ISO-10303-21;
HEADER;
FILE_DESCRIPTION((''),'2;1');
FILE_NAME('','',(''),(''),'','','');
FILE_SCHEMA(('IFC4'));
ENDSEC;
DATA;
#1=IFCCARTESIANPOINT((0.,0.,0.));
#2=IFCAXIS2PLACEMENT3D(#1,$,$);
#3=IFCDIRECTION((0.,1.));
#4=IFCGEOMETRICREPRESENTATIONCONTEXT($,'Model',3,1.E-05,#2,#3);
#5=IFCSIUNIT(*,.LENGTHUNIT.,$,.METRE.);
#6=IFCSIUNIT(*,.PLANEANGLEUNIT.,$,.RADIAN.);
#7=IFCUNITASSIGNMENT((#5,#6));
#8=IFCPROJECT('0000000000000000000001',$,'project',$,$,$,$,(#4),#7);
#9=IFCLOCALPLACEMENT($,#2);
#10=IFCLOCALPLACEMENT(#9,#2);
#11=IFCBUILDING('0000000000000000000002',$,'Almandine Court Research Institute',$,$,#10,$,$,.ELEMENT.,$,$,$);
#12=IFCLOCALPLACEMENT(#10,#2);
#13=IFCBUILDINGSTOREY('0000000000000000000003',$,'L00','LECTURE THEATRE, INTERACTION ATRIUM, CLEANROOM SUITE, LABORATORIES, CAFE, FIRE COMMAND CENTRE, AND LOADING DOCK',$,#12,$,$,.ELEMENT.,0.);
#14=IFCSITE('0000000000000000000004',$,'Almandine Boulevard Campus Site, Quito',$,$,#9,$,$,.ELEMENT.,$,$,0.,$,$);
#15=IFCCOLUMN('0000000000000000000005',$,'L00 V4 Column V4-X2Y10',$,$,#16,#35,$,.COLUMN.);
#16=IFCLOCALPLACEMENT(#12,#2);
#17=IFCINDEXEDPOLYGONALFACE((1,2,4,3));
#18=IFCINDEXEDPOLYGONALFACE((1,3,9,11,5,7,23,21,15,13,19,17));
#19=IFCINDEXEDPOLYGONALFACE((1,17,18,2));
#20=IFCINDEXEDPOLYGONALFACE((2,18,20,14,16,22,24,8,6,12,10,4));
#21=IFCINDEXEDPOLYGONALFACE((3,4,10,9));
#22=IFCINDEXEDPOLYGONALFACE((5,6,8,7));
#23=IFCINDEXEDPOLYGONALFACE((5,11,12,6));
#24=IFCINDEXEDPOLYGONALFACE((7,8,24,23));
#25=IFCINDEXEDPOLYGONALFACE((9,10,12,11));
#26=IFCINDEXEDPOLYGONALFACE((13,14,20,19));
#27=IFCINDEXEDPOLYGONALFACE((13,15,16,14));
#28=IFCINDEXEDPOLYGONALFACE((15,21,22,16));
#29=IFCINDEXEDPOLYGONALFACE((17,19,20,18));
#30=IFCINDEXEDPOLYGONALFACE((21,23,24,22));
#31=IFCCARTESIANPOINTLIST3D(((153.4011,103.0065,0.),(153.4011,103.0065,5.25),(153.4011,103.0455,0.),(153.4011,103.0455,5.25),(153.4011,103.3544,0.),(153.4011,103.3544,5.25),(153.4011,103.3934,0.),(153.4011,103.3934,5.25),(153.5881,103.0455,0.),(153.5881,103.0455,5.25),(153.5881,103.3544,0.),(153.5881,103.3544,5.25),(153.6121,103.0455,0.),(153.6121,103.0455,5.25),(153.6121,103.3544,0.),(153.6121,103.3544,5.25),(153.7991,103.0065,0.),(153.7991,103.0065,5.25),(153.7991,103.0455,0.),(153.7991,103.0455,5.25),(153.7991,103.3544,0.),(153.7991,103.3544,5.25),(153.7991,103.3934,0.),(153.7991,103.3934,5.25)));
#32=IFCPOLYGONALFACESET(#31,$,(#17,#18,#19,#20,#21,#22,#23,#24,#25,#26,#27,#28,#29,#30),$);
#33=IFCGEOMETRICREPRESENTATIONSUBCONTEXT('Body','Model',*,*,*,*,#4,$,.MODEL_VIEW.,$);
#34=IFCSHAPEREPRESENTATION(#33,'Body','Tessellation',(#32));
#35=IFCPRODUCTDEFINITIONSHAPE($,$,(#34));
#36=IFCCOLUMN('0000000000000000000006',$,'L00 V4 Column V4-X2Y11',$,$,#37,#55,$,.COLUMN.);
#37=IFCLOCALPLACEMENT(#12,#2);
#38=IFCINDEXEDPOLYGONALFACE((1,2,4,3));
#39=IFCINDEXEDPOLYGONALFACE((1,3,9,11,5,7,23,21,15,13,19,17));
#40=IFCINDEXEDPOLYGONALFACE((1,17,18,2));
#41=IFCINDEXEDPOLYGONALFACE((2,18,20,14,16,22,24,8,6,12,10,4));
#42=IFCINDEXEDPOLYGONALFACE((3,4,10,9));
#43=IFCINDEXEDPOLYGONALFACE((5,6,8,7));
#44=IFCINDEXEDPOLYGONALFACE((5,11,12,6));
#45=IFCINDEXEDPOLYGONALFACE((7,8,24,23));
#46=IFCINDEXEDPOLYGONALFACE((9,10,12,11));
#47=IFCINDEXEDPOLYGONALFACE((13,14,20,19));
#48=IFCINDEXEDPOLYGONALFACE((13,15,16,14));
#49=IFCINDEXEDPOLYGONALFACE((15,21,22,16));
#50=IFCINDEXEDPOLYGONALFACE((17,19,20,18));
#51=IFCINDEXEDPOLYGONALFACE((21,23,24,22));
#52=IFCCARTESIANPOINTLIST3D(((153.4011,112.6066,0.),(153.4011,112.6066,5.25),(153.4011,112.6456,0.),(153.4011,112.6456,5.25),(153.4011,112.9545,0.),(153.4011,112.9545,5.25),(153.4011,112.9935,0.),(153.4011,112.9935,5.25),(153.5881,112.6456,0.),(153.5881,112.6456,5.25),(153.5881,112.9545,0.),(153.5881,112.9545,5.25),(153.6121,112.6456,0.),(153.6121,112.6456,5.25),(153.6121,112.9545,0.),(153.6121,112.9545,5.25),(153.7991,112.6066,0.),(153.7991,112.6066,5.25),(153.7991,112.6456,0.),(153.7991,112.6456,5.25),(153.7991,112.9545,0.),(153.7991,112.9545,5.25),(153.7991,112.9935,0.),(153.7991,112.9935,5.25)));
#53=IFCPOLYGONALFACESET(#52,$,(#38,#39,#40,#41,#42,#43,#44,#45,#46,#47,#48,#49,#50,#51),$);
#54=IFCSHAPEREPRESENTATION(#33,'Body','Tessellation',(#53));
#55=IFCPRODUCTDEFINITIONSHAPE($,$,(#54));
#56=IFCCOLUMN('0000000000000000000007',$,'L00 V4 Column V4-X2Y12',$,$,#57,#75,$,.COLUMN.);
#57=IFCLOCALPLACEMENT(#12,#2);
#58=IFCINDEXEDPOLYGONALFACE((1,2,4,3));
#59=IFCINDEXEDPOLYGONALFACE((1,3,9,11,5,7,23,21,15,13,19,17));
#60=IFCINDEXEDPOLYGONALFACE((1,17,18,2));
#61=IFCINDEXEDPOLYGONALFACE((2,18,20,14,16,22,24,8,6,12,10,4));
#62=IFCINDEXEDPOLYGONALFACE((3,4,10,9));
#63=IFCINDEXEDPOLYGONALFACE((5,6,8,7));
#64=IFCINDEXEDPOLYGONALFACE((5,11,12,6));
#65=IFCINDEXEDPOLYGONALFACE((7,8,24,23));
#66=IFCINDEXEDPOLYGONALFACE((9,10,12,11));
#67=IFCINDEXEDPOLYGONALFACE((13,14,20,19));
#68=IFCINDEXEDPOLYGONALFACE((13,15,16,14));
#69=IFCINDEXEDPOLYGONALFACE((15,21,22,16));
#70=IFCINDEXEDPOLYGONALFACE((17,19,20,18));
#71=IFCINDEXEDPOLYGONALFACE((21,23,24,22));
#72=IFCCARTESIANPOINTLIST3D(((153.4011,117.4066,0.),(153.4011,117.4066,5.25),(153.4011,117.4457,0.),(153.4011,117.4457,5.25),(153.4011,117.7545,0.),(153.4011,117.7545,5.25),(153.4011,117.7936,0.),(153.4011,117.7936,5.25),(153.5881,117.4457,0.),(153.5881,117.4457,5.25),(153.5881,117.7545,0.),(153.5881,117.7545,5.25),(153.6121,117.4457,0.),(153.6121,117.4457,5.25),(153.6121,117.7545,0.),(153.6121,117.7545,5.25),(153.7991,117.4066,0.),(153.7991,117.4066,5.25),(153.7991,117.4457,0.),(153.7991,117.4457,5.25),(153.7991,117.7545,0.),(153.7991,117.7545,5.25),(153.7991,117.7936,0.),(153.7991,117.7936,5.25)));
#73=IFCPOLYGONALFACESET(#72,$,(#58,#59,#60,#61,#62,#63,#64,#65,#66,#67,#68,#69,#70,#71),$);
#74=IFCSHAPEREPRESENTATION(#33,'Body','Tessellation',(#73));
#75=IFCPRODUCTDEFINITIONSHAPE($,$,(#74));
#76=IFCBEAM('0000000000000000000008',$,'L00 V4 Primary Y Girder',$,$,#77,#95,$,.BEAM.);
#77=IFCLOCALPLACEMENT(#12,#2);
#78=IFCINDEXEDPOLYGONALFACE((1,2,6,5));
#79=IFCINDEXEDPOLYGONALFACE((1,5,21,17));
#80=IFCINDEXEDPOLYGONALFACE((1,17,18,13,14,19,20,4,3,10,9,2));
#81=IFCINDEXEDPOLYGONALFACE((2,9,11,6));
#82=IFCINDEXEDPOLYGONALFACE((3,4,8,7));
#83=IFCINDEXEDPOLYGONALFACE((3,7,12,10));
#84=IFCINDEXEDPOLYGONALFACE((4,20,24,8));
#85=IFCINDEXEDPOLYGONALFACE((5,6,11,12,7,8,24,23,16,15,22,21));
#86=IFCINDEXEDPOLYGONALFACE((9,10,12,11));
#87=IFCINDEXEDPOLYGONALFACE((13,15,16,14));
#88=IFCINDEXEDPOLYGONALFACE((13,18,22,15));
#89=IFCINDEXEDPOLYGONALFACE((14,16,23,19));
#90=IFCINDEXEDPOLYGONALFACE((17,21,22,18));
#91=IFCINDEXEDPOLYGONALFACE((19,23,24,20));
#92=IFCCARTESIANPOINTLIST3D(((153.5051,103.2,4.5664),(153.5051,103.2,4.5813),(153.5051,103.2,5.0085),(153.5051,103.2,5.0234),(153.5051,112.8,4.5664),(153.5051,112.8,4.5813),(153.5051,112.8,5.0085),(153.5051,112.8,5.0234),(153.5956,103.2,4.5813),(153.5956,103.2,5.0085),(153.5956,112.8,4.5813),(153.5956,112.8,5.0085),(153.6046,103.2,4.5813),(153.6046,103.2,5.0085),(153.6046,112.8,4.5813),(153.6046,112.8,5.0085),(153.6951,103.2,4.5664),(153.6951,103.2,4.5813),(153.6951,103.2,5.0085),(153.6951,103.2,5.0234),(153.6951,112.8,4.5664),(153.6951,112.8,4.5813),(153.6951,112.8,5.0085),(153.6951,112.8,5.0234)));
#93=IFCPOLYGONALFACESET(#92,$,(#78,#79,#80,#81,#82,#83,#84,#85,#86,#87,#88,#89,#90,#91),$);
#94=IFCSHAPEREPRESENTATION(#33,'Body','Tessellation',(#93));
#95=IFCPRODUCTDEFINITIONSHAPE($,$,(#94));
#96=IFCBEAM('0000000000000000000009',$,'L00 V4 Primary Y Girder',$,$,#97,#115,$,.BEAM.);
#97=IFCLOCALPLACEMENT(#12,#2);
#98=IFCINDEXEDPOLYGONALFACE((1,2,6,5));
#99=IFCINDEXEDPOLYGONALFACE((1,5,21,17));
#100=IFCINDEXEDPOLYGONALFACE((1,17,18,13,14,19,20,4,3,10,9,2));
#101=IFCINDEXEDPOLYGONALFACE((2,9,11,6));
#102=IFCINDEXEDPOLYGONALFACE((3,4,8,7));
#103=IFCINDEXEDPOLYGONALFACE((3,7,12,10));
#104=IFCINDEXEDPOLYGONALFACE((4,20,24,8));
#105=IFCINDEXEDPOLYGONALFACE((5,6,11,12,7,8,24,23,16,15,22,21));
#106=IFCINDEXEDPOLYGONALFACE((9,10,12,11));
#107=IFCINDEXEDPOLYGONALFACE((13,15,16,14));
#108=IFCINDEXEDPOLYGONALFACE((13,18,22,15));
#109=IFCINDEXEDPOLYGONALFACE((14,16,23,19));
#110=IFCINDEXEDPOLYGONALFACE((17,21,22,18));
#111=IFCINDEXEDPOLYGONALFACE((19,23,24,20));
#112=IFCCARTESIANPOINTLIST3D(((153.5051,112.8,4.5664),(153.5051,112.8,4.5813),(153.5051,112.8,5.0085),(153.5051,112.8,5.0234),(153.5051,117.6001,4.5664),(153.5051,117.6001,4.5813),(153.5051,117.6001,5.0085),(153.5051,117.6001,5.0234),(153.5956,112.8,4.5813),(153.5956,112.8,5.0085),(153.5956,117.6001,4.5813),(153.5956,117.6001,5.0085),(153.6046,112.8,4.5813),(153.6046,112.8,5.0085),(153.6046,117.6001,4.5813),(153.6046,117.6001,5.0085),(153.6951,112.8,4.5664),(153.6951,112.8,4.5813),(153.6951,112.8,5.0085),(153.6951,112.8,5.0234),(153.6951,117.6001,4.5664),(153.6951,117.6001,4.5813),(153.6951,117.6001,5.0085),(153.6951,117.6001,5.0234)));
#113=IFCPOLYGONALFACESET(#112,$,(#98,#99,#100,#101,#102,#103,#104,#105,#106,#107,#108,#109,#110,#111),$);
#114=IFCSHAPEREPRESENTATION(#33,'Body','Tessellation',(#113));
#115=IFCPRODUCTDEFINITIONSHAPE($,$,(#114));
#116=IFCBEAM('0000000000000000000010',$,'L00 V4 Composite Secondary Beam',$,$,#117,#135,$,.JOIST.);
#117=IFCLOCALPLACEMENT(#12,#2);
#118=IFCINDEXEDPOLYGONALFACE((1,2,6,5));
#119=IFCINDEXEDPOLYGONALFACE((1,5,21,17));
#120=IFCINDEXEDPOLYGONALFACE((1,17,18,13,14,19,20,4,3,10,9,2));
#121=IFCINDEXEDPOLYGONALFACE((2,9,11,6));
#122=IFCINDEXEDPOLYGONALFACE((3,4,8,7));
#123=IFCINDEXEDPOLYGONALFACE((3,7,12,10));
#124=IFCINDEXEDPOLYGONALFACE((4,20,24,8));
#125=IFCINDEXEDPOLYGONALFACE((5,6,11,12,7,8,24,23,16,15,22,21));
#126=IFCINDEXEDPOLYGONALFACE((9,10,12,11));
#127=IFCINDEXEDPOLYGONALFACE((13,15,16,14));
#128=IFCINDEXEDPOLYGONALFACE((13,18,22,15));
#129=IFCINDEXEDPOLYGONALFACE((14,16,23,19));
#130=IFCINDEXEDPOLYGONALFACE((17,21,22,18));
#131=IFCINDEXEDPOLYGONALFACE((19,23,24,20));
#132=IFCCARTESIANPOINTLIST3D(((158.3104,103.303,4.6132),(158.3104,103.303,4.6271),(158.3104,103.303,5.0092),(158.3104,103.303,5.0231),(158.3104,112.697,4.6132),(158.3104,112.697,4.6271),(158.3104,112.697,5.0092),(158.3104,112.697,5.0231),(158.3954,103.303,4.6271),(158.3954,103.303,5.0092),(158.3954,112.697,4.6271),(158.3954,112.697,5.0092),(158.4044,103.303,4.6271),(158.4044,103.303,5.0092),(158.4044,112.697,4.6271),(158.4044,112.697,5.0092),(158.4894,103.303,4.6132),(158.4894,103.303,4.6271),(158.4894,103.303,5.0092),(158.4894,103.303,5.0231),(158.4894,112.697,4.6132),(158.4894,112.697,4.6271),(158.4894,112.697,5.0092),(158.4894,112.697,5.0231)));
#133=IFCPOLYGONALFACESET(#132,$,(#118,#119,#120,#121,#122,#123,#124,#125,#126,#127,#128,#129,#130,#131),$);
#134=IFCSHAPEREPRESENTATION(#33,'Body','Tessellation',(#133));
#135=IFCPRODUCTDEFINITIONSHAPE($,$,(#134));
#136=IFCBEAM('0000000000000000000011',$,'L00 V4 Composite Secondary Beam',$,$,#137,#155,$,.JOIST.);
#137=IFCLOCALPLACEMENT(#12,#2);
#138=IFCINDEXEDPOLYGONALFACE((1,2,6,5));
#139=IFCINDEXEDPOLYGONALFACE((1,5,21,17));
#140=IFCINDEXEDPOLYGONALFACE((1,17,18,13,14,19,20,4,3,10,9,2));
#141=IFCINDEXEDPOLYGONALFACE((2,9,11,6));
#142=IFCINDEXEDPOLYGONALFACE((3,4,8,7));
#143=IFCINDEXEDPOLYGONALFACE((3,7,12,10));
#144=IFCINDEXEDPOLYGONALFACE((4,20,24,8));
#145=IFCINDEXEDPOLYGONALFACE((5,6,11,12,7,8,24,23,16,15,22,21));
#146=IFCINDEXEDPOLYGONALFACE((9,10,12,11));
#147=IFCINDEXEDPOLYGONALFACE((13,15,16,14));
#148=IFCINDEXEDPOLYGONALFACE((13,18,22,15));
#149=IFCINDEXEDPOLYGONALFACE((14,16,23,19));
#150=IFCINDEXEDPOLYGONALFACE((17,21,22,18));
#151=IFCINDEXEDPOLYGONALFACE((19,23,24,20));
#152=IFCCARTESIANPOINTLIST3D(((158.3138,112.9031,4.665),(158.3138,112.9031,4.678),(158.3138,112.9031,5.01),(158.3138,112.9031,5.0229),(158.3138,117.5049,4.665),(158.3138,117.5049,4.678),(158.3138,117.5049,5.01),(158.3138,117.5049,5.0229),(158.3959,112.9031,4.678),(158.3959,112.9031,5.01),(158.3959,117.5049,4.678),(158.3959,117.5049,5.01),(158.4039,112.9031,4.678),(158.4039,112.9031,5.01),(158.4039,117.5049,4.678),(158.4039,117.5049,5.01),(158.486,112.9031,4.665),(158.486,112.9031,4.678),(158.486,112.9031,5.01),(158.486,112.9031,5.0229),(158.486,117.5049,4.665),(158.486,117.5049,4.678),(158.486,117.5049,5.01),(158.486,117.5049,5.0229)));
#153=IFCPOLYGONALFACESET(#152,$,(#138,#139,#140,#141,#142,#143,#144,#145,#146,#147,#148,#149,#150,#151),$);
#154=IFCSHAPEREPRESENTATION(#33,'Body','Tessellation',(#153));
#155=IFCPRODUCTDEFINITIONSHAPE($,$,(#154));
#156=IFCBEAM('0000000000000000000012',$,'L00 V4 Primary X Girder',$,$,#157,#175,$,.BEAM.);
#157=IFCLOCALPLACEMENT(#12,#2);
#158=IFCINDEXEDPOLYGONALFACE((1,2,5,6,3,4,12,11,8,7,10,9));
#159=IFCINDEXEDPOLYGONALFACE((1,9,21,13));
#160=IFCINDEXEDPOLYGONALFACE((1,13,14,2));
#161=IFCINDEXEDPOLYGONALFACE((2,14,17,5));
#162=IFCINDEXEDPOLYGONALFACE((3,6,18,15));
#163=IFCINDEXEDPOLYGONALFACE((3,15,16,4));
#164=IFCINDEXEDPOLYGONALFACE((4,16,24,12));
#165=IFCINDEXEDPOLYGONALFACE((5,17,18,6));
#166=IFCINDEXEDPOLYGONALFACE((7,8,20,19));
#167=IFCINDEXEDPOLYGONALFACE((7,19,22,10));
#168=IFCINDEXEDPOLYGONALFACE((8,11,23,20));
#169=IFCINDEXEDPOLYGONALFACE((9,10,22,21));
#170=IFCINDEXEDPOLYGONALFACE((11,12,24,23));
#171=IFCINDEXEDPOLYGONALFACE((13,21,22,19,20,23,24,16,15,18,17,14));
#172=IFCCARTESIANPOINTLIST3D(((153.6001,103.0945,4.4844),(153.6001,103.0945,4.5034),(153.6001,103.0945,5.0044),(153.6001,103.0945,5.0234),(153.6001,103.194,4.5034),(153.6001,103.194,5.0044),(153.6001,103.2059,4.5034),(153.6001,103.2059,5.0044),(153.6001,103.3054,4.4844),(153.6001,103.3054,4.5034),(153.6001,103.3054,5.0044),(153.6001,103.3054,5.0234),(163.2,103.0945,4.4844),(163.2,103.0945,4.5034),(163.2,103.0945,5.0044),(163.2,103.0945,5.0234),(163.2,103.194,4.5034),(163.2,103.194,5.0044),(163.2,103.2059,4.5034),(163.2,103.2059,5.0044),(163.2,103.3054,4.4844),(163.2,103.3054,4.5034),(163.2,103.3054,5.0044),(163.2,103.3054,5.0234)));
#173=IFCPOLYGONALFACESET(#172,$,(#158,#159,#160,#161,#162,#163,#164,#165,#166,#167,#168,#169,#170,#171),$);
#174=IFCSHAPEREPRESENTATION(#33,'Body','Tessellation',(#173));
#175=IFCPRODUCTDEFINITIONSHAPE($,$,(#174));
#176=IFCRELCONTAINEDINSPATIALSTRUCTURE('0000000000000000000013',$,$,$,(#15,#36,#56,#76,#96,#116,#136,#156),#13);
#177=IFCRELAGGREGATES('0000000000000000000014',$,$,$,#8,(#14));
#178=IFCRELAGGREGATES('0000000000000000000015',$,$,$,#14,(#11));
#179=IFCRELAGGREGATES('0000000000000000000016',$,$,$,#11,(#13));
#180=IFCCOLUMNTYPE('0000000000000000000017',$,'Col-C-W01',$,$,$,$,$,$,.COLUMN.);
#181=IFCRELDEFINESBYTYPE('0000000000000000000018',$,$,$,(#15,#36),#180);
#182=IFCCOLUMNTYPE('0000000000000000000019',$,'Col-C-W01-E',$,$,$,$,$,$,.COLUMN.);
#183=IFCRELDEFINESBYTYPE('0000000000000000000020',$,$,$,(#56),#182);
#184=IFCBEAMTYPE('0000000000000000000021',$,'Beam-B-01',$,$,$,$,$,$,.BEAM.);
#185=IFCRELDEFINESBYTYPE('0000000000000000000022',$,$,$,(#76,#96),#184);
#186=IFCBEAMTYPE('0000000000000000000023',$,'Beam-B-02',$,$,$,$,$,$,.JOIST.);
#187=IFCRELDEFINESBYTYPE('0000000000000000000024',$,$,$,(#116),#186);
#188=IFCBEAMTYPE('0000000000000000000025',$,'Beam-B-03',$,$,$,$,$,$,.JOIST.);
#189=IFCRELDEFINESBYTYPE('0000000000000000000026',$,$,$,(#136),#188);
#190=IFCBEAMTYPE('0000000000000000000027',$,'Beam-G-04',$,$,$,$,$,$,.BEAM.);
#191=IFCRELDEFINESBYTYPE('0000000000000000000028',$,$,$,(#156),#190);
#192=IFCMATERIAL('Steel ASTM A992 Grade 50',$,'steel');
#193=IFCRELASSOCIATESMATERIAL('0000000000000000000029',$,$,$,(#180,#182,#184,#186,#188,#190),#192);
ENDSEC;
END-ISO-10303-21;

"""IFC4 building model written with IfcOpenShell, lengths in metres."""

from ifc_helpers import new_model, si_unit, direction, frame, origin, origin_2d, place, context, subcontext, project, spatial, i_section, extrude, material, material_profile, profile_set, type_object, element, save


model = new_model("IFC4")

# Units and contexts
model_context = context("Model", 3, precision=1e-05, world=origin(), true_north=direction((0.0, 1.0)))
body_context = subcontext(model_context, "Body", "Model", "MODEL_VIEW")
ifc_project = project(units=[si_unit("LENGTHUNIT", "METRE"), si_unit("PLANEANGLEUNIT", "RADIAN")], contexts=[model_context])

# Site, building, storey
site_placement = place(None, origin())
site = spatial("IfcSite", under=ifc_project, at=site_placement, Name="Almandine Boulevard Campus Site, Quito", CompositionType="ELEMENT", RefElevation=0.0)
building_placement = place(site_placement, origin())
building = spatial("IfcBuilding", under=site, at=building_placement, Name="Almandine Court Research Institute", CompositionType="ELEMENT")
storey_placement = place(building_placement, origin())
storey = spatial("IfcBuildingStorey", under=building, at=storey_placement, Name="L00", Description="LECTURE THEATRE, INTERACTION ATRIUM, CLEANROOM SUITE, LABORATORIES, CAFE, FIRE COMMAND CENTRE, AND LOADING DOCK", CompositionType="ELEMENT", Elevation=0.0)

# Columns
ifc_material_1 = material(Name="Steel ASTM A992 Grade 50", Category="steel")
ifc_material_profile_1 = material_profile(ifc_material_1, i_section(OverallWidth=0.3979, OverallDepth=0.387, WebThickness=0.0239, FlangeThickness=0.0391, at=origin_2d()), Name="W360x262")
ifc_profile_set_1 = profile_set([ifc_material_profile_1], Name="Steel ASTM A992 Grade 50")
column_type_1 = type_object("IfcColumnType", Name="Col-C-W01", PredefinedType="COLUMN", material=ifc_profile_set_1)
for number, where, z_axis, x_axis, name in (
    (1, (153.6001, 103.2, 0.0), (0.0, 0.0, 1.0), (1.0, 0.0, 0.0), "L00 V4 Column V4-X2Y10"),
    (2, (153.6001, 112.8, 0.0), (0.0, 0.0, 1.0), (1.0, 0.0, 0.0), "L00 V4 Column V4-X2Y11"),
):
    element("IfcColumn", number, at=place(storey_placement, frame(where, z_axis=z_axis, x_axis=x_axis)), inside=storey, type_object=column_type_1, Name=name, PredefinedType="COLUMN", context=body_context, shape_type="SweptSolid", body=[
        extrude(i_section(OverallWidth=0.3979, OverallDepth=0.387, WebThickness=0.0239, FlangeThickness=0.0391, at=origin_2d()), origin(), (0.0, 0.0, 1.0), 5.25),
    ])
ifc_material_profile_2 = material_profile(ifc_material_1, i_section(OverallWidth=0.3979, OverallDepth=0.387, WebThickness=0.0239, FlangeThickness=0.0391, at=origin_2d()), Name="W360x262")
ifc_profile_set_2 = profile_set([ifc_material_profile_2], Name="Steel ASTM A992 Grade 50")
column_type_2 = type_object("IfcColumnType", Name="Col-C-W01-E", PredefinedType="COLUMN", material=ifc_profile_set_2)
column_placement = place(storey_placement, frame((153.6001, 117.6001, 0.0), z_axis=(0.0, 0.0, 1.0), x_axis=(1.0, 0.0, 0.0)))
element("IfcColumn", 3, at=column_placement, inside=storey, type_object=column_type_2, Name="L00 V4 Column V4-X2Y12", PredefinedType="COLUMN", context=body_context, shape_type="SweptSolid", body=[
    extrude(i_section(OverallWidth=0.3979, OverallDepth=0.387, WebThickness=0.0239, FlangeThickness=0.0391, at=origin_2d()), origin(), (0.0, 0.0, 1.0), 5.25),
])

# Beams
ifc_material_profile_3 = material_profile(ifc_material_1, i_section(OverallWidth=0.1899, OverallDepth=0.457, WebThickness=0.009, FlangeThickness=0.0149, at=origin_2d()), Name="W460x74")
ifc_profile_set_3 = profile_set([ifc_material_profile_3], Name="Steel ASTM A992 Grade 50")
beam_type_1 = type_object("IfcBeamType", Name="Beam-B-01", PredefinedType="BEAM", material=ifc_profile_set_3)
beam_1_placement = place(storey_placement, frame((153.6001, 103.2, 4.7949), z_axis=(0.0, 1.0, 0.0), x_axis=(-1.0, 0.0, 0.0)))
element("IfcBeam", 4, at=beam_1_placement, inside=storey, type_object=beam_type_1, Name="L00 V4 Primary Y Girder", PredefinedType="BEAM", context=body_context, shape_type="SweptSolid", body=[
    extrude(i_section(OverallWidth=0.1899, OverallDepth=0.457, WebThickness=0.009, FlangeThickness=0.0149, at=origin_2d()), origin(), (0.0, 0.0, 1.0), 9.6001),
])
beam_2_placement = place(storey_placement, frame((153.6001, 112.8, 4.7949), z_axis=(0.0, 1.0, 0.0), x_axis=(-1.0, 0.0, 0.0)))
element("IfcBeam", 5, at=beam_2_placement, inside=storey, type_object=beam_type_1, Name="L00 V4 Primary Y Girder", PredefinedType="BEAM", context=body_context, shape_type="SweptSolid", body=[
    extrude(i_section(OverallWidth=0.1899, OverallDepth=0.457, WebThickness=0.009, FlangeThickness=0.0149, at=origin_2d()), origin(), (0.0, 0.0, 1.0), 4.8),
])
ifc_material_profile_4 = material_profile(ifc_material_1, i_section(OverallWidth=0.179, OverallDepth=0.4099, WebThickness=0.009, FlangeThickness=0.0139, at=origin_2d()), Name="W410x67")
ifc_profile_set_4 = profile_set([ifc_material_profile_4], Name="Steel ASTM A992 Grade 50")
beam_type_2 = type_object("IfcBeamType", Name="Beam-B-02", PredefinedType="JOIST", material=ifc_profile_set_4)
beam_3_placement = place(storey_placement, frame((158.3999, 103.303, 4.8181), z_axis=(0.0, 1.0, 0.0), x_axis=(-1.0, 0.0, 0.0)))
element("IfcBeam", 6, at=beam_3_placement, inside=storey, type_object=beam_type_2, Name="L00 V4 Composite Secondary Beam", PredefinedType="JOIST", context=body_context, shape_type="SweptSolid", body=[
    extrude(i_section(OverallWidth=0.179, OverallDepth=0.4099, WebThickness=0.009, FlangeThickness=0.0139, at=origin_2d()), origin(), (0.0, 0.0, 1.0), 9.394),
])
ifc_material_profile_5 = material_profile(ifc_material_1, i_section(OverallWidth=0.1721, OverallDepth=0.3579, WebThickness=0.0081, FlangeThickness=0.0129, at=origin_2d()), Name="W360x57")
ifc_profile_set_5 = profile_set([ifc_material_profile_5], Name="Steel ASTM A992 Grade 50")
beam_type_3 = type_object("IfcBeamType", Name="Beam-B-03", PredefinedType="JOIST", material=ifc_profile_set_5)
beam_4_placement = place(storey_placement, frame((158.3999, 112.9031, 4.844), z_axis=(0.0, 1.0, 0.0), x_axis=(-1.0, 0.0, 0.0)))
element("IfcBeam", 7, at=beam_4_placement, inside=storey, type_object=beam_type_3, Name="L00 V4 Composite Secondary Beam", PredefinedType="JOIST", context=body_context, shape_type="SweptSolid", body=[
    extrude(i_section(OverallWidth=0.1721, OverallDepth=0.3579, WebThickness=0.0081, FlangeThickness=0.0129, at=origin_2d()), origin(), (0.0, 0.0, 1.0), 4.6018),
])
ifc_material_profile_6 = material_profile(ifc_material_1, i_section(OverallWidth=0.2109, OverallDepth=0.5391, WebThickness=0.012, FlangeThickness=0.019, at=origin_2d()), Name="W530x109")
ifc_profile_set_6 = profile_set([ifc_material_profile_6], Name="Steel ASTM A992 Grade 50")
beam_type_4 = type_object("IfcBeamType", Name="Beam-G-04", PredefinedType="BEAM", material=ifc_profile_set_6)
for number, where, z_axis, x_axis, name in (
    (8, (153.6001, 103.2, 4.7539), (1.0, 0.0, 0.0), (0.0, 1.0, 0.0), "L00 V4 Primary X Girder"),
):
    element("IfcBeam", number, at=place(storey_placement, frame(where, z_axis=z_axis, x_axis=x_axis)), inside=storey, type_object=beam_type_4, Name=name, PredefinedType="BEAM", context=body_context, shape_type="SweptSolid", body=[
        extrude(i_section(OverallWidth=0.2109, OverallDepth=0.5391, WebThickness=0.012, FlangeThickness=0.019, at=origin_2d()), origin(), (0.0, 0.0, 1.0), 9.5999),
    ])

save(model, "model.ifc")
